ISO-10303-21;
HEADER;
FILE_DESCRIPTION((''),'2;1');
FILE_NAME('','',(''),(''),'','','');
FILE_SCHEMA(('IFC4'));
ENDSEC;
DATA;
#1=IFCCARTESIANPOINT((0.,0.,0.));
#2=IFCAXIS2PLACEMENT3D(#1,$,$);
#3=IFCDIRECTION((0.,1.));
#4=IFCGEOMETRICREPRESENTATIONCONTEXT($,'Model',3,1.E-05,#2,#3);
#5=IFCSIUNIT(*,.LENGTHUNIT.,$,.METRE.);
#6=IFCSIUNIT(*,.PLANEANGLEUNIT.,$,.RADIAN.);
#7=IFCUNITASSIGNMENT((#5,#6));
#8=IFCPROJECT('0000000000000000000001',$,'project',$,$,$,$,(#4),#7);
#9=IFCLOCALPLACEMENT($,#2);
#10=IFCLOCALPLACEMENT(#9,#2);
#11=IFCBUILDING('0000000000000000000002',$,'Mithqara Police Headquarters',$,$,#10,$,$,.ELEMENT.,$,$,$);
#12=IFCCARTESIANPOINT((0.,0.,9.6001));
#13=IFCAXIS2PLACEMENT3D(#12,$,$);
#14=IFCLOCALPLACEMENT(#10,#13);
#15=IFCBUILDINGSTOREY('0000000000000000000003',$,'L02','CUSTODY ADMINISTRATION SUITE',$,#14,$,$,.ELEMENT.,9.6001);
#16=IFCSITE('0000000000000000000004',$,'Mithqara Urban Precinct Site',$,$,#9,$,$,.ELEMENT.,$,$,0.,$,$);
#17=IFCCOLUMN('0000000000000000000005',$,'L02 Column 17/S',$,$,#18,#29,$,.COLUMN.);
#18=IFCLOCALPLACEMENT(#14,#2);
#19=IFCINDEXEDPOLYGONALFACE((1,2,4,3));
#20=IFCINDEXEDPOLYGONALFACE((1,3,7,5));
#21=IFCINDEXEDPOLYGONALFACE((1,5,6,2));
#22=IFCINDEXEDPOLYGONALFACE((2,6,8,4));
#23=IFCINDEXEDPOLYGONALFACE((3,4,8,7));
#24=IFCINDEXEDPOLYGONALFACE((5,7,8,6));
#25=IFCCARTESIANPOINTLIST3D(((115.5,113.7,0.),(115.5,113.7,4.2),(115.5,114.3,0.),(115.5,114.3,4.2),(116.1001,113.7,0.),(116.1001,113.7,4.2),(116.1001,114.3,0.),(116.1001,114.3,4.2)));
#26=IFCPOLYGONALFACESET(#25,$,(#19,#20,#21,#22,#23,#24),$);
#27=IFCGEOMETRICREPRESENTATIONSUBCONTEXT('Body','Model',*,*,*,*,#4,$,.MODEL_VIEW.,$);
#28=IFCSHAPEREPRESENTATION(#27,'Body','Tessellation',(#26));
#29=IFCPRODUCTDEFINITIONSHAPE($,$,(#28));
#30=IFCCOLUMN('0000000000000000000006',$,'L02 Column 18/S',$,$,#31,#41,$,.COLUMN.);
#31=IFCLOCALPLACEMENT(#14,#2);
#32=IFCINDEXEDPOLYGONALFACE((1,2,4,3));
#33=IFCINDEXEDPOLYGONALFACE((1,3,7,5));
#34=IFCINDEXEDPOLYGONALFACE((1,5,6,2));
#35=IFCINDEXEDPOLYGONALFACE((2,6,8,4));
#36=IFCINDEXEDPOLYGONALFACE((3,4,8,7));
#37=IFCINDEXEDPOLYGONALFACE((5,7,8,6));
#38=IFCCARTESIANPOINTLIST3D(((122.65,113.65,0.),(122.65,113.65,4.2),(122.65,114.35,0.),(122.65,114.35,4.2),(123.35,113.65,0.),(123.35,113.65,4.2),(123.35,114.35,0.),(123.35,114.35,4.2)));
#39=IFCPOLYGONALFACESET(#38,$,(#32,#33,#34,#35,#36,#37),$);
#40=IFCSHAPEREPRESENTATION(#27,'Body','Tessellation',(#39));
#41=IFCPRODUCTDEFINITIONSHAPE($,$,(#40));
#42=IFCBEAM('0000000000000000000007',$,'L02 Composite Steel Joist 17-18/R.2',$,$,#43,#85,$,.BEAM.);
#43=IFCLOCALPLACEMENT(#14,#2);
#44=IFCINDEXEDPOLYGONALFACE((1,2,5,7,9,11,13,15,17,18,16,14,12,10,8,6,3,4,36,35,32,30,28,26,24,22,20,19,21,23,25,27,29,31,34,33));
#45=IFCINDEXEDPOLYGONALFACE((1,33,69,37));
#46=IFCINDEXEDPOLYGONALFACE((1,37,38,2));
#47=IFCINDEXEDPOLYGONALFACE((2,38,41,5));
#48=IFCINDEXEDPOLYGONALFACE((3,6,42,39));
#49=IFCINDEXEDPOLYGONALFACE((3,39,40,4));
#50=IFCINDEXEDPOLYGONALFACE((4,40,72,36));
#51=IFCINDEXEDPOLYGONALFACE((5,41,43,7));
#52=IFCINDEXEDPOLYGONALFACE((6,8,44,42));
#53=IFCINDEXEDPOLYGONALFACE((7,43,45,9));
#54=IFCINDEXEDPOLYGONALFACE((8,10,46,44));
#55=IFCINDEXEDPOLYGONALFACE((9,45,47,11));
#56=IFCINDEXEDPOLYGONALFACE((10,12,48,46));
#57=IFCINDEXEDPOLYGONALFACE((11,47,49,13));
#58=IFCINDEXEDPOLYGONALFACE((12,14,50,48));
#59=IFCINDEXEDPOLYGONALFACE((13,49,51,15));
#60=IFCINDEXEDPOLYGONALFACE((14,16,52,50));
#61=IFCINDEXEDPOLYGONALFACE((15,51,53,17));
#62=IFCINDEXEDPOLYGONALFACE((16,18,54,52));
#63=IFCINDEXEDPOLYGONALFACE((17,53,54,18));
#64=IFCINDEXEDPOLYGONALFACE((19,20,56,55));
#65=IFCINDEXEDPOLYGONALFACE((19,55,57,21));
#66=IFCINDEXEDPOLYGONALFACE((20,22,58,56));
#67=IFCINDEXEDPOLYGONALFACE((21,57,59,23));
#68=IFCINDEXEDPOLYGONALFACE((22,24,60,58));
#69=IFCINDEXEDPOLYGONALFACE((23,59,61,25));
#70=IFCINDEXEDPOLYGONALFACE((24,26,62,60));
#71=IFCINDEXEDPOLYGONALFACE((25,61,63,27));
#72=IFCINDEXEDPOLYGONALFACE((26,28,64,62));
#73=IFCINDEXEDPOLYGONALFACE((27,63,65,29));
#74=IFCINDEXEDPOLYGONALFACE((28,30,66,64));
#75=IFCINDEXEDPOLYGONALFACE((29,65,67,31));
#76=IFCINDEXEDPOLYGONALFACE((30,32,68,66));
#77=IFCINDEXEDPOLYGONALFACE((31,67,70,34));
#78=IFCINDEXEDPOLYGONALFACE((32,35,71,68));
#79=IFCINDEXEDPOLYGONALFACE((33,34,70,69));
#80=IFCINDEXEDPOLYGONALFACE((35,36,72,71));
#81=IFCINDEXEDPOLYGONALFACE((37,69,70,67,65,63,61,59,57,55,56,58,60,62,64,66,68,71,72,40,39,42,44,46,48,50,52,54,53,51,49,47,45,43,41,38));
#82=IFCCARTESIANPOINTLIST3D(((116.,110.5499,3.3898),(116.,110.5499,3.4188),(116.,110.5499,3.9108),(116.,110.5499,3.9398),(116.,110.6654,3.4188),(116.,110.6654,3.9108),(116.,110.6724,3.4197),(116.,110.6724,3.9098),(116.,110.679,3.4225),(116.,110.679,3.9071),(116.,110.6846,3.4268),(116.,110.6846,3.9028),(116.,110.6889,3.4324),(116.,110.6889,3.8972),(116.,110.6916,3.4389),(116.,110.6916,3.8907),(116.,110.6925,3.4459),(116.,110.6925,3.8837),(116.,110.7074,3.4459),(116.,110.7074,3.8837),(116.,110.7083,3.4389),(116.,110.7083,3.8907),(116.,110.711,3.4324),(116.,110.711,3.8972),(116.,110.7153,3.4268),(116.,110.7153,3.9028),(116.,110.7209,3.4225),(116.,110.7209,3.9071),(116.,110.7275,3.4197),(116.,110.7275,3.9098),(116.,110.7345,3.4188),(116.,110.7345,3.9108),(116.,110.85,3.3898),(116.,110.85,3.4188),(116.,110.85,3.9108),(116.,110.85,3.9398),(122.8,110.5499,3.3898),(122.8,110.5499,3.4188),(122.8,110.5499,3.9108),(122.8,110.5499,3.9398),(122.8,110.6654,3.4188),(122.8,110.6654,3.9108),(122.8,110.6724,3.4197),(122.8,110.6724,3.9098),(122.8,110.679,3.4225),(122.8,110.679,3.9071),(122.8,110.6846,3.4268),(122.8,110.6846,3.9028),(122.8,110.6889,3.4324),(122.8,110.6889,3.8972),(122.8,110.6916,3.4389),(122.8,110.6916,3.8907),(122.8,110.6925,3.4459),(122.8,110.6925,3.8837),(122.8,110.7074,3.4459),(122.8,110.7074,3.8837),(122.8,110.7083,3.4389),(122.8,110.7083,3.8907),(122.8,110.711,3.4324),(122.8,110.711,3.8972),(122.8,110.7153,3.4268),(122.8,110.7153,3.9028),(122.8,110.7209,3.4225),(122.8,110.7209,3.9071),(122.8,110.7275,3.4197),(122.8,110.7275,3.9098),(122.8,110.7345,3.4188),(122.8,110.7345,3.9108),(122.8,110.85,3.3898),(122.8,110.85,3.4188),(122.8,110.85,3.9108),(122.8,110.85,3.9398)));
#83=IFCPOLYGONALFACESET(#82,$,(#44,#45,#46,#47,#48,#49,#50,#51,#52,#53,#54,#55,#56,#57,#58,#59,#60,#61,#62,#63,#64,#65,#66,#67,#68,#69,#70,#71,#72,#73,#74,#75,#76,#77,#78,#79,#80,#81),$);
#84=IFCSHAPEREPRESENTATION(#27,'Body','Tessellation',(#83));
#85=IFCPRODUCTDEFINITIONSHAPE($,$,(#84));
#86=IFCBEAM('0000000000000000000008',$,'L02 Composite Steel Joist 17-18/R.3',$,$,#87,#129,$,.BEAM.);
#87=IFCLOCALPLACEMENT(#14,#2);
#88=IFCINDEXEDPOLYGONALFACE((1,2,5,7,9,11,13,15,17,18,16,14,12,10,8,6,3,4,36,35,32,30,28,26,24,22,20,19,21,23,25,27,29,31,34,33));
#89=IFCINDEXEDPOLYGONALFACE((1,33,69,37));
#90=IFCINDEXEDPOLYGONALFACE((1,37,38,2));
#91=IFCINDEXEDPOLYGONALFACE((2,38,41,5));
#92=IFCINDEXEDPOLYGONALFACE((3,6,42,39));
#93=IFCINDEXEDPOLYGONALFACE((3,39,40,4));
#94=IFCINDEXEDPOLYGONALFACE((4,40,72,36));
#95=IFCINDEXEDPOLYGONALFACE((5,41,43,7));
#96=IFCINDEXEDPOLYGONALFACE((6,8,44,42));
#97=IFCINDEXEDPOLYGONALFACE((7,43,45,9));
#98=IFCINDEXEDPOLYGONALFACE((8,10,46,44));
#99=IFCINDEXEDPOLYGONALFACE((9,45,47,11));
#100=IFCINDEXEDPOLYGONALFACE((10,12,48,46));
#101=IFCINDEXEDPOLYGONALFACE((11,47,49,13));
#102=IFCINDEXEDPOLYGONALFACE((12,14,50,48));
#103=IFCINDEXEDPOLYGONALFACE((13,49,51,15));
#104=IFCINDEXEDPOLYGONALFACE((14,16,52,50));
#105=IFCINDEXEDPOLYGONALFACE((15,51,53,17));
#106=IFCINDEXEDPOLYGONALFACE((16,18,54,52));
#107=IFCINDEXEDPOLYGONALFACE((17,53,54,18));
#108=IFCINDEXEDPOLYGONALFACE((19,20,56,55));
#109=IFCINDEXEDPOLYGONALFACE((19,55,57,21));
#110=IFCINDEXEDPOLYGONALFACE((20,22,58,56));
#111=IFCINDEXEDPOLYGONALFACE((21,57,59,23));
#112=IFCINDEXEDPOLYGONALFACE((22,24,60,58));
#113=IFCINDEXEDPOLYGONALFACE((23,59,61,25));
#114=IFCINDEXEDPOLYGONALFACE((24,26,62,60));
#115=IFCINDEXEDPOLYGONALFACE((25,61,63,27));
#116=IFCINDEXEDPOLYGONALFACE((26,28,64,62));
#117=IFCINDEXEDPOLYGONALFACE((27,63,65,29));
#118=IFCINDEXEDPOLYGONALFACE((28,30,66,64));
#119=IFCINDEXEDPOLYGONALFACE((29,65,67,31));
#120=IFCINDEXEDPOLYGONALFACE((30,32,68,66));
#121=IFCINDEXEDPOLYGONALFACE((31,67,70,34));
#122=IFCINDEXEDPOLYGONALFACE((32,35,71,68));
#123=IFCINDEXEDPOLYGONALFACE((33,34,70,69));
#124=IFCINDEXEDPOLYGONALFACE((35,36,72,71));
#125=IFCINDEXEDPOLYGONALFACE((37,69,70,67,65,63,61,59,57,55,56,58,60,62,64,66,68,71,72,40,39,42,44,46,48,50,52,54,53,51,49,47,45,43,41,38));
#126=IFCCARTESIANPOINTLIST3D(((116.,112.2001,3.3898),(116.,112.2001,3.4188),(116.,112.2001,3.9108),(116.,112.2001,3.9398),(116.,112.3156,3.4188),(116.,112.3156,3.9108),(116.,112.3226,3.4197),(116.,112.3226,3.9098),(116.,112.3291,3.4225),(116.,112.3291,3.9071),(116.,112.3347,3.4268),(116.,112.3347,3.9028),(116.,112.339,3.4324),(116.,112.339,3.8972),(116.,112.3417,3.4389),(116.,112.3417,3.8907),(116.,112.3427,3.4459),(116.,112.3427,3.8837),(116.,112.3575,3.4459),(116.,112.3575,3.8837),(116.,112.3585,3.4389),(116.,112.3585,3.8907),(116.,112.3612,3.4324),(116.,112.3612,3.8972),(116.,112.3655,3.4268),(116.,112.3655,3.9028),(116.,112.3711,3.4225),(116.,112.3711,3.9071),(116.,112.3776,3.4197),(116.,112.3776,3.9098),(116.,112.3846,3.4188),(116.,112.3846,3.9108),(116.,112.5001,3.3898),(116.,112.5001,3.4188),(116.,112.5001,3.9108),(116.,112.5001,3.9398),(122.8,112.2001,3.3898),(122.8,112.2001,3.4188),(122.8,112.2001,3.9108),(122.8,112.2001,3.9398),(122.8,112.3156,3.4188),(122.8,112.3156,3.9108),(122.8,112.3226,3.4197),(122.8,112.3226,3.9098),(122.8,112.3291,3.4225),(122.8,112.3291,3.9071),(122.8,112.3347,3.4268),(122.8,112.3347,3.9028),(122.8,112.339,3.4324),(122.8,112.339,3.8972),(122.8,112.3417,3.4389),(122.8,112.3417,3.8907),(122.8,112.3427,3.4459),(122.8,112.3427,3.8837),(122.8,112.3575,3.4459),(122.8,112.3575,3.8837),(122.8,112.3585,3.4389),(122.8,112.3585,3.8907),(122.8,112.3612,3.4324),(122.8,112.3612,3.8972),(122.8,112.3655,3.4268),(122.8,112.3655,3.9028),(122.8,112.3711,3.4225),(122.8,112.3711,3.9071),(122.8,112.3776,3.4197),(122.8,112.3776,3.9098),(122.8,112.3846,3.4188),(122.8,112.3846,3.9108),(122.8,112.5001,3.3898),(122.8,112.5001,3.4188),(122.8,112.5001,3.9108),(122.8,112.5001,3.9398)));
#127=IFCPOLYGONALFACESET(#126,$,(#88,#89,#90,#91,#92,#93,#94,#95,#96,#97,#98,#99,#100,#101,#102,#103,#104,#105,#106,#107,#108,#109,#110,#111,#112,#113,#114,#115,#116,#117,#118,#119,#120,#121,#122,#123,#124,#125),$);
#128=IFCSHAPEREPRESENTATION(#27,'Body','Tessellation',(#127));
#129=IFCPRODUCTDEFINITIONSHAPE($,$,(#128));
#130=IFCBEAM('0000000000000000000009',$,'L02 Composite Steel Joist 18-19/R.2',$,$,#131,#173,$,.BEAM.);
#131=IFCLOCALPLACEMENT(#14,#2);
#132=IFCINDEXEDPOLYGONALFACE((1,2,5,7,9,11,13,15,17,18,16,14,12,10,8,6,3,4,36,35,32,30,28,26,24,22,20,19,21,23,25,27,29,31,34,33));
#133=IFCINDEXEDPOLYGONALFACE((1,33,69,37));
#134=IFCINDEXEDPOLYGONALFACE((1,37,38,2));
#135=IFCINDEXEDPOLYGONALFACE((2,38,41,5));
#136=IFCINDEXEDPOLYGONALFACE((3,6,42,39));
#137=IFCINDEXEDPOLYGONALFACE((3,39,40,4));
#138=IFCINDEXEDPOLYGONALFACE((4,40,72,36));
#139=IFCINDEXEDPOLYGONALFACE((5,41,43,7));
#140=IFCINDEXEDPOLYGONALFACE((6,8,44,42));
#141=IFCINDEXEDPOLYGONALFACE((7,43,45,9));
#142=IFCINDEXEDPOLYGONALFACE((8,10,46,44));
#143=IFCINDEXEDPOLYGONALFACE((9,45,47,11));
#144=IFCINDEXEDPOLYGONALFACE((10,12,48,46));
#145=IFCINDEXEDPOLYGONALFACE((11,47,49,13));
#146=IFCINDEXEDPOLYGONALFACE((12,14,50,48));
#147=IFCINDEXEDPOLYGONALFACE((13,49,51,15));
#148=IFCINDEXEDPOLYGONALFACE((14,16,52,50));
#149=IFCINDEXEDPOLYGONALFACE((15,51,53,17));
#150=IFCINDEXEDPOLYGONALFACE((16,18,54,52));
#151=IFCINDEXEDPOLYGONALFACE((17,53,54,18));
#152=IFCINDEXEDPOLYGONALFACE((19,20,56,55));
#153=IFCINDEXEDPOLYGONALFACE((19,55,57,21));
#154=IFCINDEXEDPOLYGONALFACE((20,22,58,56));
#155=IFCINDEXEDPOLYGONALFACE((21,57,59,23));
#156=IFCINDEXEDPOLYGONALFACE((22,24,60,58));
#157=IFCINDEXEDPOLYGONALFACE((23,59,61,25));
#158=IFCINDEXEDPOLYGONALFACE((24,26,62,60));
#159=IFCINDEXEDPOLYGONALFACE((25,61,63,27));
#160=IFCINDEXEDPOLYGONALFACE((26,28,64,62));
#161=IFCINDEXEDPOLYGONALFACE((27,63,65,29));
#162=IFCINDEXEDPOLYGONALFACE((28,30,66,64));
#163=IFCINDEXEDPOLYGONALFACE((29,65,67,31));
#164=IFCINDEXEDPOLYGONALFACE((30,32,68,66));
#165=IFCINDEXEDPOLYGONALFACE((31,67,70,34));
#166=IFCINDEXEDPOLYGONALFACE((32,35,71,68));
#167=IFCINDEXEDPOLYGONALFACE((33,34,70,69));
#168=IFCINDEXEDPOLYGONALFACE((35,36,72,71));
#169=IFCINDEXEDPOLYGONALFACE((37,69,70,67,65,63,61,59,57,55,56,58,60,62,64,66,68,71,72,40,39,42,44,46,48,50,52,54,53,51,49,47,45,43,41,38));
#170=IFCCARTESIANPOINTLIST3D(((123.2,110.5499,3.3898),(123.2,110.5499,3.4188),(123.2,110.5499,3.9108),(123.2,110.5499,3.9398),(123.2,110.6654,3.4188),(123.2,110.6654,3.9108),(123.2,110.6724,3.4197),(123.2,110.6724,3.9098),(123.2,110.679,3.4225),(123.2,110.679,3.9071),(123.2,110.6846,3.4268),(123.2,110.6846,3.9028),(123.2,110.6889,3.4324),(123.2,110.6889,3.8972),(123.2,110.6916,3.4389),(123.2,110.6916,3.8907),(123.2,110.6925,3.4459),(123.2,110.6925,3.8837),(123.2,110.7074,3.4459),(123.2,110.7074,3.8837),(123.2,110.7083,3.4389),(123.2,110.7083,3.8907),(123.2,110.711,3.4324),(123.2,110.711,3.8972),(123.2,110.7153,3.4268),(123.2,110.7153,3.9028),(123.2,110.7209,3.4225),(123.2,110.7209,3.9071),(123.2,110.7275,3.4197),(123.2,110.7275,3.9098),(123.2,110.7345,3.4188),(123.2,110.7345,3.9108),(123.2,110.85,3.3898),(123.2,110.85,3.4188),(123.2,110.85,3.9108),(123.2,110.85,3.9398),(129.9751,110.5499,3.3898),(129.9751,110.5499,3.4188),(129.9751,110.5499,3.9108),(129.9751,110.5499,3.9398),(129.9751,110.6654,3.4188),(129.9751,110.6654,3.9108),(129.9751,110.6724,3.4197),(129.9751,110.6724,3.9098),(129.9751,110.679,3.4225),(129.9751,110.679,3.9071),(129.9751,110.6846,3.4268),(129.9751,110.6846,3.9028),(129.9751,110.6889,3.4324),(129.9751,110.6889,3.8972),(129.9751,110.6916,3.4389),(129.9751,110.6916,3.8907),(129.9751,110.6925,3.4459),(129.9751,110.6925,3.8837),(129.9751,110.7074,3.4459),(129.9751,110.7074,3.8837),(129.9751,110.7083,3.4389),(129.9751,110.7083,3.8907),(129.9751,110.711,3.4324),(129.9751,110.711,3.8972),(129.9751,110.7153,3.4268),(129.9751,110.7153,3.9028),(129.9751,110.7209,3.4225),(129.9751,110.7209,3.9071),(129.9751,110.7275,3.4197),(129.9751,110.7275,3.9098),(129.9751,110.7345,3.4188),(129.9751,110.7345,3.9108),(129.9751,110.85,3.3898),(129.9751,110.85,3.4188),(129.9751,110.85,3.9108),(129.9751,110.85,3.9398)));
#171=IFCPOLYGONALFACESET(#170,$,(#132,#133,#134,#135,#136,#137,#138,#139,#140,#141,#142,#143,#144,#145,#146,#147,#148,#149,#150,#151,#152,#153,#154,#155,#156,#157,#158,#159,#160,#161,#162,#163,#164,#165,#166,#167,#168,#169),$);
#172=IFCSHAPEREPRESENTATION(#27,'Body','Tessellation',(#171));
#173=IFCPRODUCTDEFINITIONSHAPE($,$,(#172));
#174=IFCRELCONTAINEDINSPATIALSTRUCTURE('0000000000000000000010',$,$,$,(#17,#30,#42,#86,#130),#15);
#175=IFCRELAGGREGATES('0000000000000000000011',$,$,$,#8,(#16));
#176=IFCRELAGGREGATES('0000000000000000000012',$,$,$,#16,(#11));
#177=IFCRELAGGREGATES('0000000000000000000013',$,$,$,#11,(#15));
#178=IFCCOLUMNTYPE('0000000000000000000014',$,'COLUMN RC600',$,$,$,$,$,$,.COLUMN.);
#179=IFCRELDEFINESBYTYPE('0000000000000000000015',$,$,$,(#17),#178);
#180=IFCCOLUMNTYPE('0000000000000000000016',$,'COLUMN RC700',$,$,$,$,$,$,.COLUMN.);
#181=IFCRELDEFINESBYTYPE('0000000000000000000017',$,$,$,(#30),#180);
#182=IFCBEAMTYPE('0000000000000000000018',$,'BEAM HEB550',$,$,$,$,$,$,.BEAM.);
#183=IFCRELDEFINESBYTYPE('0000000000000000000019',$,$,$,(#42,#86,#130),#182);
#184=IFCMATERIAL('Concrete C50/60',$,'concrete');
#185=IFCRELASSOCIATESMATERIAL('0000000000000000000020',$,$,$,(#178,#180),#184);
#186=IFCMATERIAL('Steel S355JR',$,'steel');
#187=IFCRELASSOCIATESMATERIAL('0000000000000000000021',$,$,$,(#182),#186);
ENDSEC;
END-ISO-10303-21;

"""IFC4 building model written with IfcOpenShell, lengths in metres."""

from ifc_helpers import new_model, si_unit, direction, frame, origin, origin_2d, place, context, subcontext, project, spatial, rectangle, i_section, extrude, material, material_profile, profile_set, type_object, element, save


model = new_model("IFC4")

# Units and contexts
model_context = context("Model", 3, precision=1e-05, world=origin(), true_north=direction((0.0, 1.0)))
body_context = subcontext(model_context, "Body", "Model", "MODEL_VIEW")
ifc_project = project(units=[si_unit("LENGTHUNIT", "METRE"), si_unit("PLANEANGLEUNIT", "RADIAN")], contexts=[model_context])

# Site, building, storey
site_placement = place(None, origin())
site = spatial("IfcSite", under=ifc_project, at=site_placement, Name="Mithqara Urban Precinct Site", CompositionType="ELEMENT", RefElevation=0.0)
building_placement = place(site_placement, origin())
building = spatial("IfcBuilding", under=site, at=building_placement, Name="Mithqara Police Headquarters", CompositionType="ELEMENT")
storey_placement = place(building_placement, frame((0.0, 0.0, 9.6001)))
storey = spatial("IfcBuildingStorey", under=building, at=storey_placement, Name="L02", Description="CUSTODY ADMINISTRATION SUITE", CompositionType="ELEMENT", Elevation=9.6001)

# Columns
ifc_material_1 = material(Name="Concrete C50/60", Category="concrete")
ifc_material_profile_1 = material_profile(ifc_material_1, rectangle(XDim=0.6001, YDim=0.6001, at=origin_2d()), Name="RC 600x600")
ifc_profile_set_1 = profile_set([ifc_material_profile_1], Name="Concrete C50/60")
column_type_1 = type_object("IfcColumnType", Name="COLUMN RC600", PredefinedType="COLUMN", material=ifc_profile_set_1)
column_1_placement = place(storey_placement, frame((115.8, 114.0, 0.0), z_axis=(0.0, 0.0, 1.0), x_axis=(1.0, 0.0, 0.0)))
element("IfcColumn", 1, at=column_1_placement, inside=storey, type_object=column_type_1, Name="L02 Column 17/S", PredefinedType="COLUMN", context=body_context, shape_type="SweptSolid", body=[
    extrude(rectangle(XDim=0.6001, YDim=0.6001, at=origin_2d()), origin(), (0.0, 0.0, 1.0), 4.2),
])
ifc_material_profile_2 = material_profile(ifc_material_1, rectangle(XDim=0.7, YDim=0.7, at=origin_2d()), Name="RC 700x700")
ifc_profile_set_2 = profile_set([ifc_material_profile_2], Name="Concrete C50/60")
column_type_2 = type_object("IfcColumnType", Name="COLUMN RC700", PredefinedType="COLUMN", material=ifc_profile_set_2)
column_2_placement = place(storey_placement, frame((123.0, 114.0, 0.0), z_axis=(0.0, 0.0, 1.0), x_axis=(1.0, 0.0, 0.0)))
element("IfcColumn", 2, at=column_2_placement, inside=storey, type_object=column_type_2, Name="L02 Column 18/S", PredefinedType="COLUMN", context=body_context, shape_type="SweptSolid", body=[
    extrude(rectangle(XDim=0.7, YDim=0.7, at=origin_2d()), origin(), (0.0, 0.0, 1.0), 4.2),
])

# Beams
ifc_material_2 = material(Name="Steel S355JR", Category="steel")
ifc_material_profile_3 = material_profile(ifc_material_2, i_section(OverallWidth=0.3, OverallDepth=0.55, WebThickness=0.0149, FlangeThickness=0.0291, FilletRadius=0.0271, at=origin_2d()), Name="HEB 550")
ifc_profile_set_3 = profile_set([ifc_material_profile_3], Name="Steel S355JR")
beam_type_1 = type_object("IfcBeamType", Name="BEAM HEB550", PredefinedType="BEAM", material=ifc_profile_set_3)
for number, where, z_axis, x_axis, name in (
    (3, (116.0, 110.7, 3.6648), (1.0, 0.0, 0.0), (0.0, 1.0, 0.0), "L02 Composite Steel Joist 17-18/R.2"),
    (4, (116.0, 112.3501, 3.6648), (1.0, 0.0, 0.0), (0.0, 1.0, 0.0), "L02 Composite Steel Joist 17-18/R.3"),
):
    element("IfcBeam", number, at=place(storey_placement, frame(where, z_axis=z_axis, x_axis=x_axis)), inside=storey, type_object=beam_type_1, Name=name, PredefinedType="BEAM", context=body_context, shape_type="SweptSolid", body=[
        extrude(i_section(OverallWidth=0.3, OverallDepth=0.55, WebThickness=0.0149, FlangeThickness=0.0291, FilletRadius=0.0271, at=origin_2d()), origin(), (0.0, 0.0, 1.0), 6.8),
    ])
for number, where, z_axis, x_axis, name in (
    (5, (123.2, 110.7, 3.6648), (1.0, 0.0, 0.0), (0.0, 1.0, 0.0), "L02 Composite Steel Joist 18-19/R.2"),
):
    element("IfcBeam", number, at=place(storey_placement, frame(where, z_axis=z_axis, x_axis=x_axis)), inside=storey, type_object=beam_type_1, Name=name, PredefinedType="BEAM", context=body_context, shape_type="SweptSolid", body=[
        extrude(i_section(OverallWidth=0.3, OverallDepth=0.55, WebThickness=0.0149, FlangeThickness=0.0291, FilletRadius=0.0271, at=origin_2d()), origin(), (0.0, 0.0, 1.0), 6.7751),
    ])

save(model, "model.ifc")
